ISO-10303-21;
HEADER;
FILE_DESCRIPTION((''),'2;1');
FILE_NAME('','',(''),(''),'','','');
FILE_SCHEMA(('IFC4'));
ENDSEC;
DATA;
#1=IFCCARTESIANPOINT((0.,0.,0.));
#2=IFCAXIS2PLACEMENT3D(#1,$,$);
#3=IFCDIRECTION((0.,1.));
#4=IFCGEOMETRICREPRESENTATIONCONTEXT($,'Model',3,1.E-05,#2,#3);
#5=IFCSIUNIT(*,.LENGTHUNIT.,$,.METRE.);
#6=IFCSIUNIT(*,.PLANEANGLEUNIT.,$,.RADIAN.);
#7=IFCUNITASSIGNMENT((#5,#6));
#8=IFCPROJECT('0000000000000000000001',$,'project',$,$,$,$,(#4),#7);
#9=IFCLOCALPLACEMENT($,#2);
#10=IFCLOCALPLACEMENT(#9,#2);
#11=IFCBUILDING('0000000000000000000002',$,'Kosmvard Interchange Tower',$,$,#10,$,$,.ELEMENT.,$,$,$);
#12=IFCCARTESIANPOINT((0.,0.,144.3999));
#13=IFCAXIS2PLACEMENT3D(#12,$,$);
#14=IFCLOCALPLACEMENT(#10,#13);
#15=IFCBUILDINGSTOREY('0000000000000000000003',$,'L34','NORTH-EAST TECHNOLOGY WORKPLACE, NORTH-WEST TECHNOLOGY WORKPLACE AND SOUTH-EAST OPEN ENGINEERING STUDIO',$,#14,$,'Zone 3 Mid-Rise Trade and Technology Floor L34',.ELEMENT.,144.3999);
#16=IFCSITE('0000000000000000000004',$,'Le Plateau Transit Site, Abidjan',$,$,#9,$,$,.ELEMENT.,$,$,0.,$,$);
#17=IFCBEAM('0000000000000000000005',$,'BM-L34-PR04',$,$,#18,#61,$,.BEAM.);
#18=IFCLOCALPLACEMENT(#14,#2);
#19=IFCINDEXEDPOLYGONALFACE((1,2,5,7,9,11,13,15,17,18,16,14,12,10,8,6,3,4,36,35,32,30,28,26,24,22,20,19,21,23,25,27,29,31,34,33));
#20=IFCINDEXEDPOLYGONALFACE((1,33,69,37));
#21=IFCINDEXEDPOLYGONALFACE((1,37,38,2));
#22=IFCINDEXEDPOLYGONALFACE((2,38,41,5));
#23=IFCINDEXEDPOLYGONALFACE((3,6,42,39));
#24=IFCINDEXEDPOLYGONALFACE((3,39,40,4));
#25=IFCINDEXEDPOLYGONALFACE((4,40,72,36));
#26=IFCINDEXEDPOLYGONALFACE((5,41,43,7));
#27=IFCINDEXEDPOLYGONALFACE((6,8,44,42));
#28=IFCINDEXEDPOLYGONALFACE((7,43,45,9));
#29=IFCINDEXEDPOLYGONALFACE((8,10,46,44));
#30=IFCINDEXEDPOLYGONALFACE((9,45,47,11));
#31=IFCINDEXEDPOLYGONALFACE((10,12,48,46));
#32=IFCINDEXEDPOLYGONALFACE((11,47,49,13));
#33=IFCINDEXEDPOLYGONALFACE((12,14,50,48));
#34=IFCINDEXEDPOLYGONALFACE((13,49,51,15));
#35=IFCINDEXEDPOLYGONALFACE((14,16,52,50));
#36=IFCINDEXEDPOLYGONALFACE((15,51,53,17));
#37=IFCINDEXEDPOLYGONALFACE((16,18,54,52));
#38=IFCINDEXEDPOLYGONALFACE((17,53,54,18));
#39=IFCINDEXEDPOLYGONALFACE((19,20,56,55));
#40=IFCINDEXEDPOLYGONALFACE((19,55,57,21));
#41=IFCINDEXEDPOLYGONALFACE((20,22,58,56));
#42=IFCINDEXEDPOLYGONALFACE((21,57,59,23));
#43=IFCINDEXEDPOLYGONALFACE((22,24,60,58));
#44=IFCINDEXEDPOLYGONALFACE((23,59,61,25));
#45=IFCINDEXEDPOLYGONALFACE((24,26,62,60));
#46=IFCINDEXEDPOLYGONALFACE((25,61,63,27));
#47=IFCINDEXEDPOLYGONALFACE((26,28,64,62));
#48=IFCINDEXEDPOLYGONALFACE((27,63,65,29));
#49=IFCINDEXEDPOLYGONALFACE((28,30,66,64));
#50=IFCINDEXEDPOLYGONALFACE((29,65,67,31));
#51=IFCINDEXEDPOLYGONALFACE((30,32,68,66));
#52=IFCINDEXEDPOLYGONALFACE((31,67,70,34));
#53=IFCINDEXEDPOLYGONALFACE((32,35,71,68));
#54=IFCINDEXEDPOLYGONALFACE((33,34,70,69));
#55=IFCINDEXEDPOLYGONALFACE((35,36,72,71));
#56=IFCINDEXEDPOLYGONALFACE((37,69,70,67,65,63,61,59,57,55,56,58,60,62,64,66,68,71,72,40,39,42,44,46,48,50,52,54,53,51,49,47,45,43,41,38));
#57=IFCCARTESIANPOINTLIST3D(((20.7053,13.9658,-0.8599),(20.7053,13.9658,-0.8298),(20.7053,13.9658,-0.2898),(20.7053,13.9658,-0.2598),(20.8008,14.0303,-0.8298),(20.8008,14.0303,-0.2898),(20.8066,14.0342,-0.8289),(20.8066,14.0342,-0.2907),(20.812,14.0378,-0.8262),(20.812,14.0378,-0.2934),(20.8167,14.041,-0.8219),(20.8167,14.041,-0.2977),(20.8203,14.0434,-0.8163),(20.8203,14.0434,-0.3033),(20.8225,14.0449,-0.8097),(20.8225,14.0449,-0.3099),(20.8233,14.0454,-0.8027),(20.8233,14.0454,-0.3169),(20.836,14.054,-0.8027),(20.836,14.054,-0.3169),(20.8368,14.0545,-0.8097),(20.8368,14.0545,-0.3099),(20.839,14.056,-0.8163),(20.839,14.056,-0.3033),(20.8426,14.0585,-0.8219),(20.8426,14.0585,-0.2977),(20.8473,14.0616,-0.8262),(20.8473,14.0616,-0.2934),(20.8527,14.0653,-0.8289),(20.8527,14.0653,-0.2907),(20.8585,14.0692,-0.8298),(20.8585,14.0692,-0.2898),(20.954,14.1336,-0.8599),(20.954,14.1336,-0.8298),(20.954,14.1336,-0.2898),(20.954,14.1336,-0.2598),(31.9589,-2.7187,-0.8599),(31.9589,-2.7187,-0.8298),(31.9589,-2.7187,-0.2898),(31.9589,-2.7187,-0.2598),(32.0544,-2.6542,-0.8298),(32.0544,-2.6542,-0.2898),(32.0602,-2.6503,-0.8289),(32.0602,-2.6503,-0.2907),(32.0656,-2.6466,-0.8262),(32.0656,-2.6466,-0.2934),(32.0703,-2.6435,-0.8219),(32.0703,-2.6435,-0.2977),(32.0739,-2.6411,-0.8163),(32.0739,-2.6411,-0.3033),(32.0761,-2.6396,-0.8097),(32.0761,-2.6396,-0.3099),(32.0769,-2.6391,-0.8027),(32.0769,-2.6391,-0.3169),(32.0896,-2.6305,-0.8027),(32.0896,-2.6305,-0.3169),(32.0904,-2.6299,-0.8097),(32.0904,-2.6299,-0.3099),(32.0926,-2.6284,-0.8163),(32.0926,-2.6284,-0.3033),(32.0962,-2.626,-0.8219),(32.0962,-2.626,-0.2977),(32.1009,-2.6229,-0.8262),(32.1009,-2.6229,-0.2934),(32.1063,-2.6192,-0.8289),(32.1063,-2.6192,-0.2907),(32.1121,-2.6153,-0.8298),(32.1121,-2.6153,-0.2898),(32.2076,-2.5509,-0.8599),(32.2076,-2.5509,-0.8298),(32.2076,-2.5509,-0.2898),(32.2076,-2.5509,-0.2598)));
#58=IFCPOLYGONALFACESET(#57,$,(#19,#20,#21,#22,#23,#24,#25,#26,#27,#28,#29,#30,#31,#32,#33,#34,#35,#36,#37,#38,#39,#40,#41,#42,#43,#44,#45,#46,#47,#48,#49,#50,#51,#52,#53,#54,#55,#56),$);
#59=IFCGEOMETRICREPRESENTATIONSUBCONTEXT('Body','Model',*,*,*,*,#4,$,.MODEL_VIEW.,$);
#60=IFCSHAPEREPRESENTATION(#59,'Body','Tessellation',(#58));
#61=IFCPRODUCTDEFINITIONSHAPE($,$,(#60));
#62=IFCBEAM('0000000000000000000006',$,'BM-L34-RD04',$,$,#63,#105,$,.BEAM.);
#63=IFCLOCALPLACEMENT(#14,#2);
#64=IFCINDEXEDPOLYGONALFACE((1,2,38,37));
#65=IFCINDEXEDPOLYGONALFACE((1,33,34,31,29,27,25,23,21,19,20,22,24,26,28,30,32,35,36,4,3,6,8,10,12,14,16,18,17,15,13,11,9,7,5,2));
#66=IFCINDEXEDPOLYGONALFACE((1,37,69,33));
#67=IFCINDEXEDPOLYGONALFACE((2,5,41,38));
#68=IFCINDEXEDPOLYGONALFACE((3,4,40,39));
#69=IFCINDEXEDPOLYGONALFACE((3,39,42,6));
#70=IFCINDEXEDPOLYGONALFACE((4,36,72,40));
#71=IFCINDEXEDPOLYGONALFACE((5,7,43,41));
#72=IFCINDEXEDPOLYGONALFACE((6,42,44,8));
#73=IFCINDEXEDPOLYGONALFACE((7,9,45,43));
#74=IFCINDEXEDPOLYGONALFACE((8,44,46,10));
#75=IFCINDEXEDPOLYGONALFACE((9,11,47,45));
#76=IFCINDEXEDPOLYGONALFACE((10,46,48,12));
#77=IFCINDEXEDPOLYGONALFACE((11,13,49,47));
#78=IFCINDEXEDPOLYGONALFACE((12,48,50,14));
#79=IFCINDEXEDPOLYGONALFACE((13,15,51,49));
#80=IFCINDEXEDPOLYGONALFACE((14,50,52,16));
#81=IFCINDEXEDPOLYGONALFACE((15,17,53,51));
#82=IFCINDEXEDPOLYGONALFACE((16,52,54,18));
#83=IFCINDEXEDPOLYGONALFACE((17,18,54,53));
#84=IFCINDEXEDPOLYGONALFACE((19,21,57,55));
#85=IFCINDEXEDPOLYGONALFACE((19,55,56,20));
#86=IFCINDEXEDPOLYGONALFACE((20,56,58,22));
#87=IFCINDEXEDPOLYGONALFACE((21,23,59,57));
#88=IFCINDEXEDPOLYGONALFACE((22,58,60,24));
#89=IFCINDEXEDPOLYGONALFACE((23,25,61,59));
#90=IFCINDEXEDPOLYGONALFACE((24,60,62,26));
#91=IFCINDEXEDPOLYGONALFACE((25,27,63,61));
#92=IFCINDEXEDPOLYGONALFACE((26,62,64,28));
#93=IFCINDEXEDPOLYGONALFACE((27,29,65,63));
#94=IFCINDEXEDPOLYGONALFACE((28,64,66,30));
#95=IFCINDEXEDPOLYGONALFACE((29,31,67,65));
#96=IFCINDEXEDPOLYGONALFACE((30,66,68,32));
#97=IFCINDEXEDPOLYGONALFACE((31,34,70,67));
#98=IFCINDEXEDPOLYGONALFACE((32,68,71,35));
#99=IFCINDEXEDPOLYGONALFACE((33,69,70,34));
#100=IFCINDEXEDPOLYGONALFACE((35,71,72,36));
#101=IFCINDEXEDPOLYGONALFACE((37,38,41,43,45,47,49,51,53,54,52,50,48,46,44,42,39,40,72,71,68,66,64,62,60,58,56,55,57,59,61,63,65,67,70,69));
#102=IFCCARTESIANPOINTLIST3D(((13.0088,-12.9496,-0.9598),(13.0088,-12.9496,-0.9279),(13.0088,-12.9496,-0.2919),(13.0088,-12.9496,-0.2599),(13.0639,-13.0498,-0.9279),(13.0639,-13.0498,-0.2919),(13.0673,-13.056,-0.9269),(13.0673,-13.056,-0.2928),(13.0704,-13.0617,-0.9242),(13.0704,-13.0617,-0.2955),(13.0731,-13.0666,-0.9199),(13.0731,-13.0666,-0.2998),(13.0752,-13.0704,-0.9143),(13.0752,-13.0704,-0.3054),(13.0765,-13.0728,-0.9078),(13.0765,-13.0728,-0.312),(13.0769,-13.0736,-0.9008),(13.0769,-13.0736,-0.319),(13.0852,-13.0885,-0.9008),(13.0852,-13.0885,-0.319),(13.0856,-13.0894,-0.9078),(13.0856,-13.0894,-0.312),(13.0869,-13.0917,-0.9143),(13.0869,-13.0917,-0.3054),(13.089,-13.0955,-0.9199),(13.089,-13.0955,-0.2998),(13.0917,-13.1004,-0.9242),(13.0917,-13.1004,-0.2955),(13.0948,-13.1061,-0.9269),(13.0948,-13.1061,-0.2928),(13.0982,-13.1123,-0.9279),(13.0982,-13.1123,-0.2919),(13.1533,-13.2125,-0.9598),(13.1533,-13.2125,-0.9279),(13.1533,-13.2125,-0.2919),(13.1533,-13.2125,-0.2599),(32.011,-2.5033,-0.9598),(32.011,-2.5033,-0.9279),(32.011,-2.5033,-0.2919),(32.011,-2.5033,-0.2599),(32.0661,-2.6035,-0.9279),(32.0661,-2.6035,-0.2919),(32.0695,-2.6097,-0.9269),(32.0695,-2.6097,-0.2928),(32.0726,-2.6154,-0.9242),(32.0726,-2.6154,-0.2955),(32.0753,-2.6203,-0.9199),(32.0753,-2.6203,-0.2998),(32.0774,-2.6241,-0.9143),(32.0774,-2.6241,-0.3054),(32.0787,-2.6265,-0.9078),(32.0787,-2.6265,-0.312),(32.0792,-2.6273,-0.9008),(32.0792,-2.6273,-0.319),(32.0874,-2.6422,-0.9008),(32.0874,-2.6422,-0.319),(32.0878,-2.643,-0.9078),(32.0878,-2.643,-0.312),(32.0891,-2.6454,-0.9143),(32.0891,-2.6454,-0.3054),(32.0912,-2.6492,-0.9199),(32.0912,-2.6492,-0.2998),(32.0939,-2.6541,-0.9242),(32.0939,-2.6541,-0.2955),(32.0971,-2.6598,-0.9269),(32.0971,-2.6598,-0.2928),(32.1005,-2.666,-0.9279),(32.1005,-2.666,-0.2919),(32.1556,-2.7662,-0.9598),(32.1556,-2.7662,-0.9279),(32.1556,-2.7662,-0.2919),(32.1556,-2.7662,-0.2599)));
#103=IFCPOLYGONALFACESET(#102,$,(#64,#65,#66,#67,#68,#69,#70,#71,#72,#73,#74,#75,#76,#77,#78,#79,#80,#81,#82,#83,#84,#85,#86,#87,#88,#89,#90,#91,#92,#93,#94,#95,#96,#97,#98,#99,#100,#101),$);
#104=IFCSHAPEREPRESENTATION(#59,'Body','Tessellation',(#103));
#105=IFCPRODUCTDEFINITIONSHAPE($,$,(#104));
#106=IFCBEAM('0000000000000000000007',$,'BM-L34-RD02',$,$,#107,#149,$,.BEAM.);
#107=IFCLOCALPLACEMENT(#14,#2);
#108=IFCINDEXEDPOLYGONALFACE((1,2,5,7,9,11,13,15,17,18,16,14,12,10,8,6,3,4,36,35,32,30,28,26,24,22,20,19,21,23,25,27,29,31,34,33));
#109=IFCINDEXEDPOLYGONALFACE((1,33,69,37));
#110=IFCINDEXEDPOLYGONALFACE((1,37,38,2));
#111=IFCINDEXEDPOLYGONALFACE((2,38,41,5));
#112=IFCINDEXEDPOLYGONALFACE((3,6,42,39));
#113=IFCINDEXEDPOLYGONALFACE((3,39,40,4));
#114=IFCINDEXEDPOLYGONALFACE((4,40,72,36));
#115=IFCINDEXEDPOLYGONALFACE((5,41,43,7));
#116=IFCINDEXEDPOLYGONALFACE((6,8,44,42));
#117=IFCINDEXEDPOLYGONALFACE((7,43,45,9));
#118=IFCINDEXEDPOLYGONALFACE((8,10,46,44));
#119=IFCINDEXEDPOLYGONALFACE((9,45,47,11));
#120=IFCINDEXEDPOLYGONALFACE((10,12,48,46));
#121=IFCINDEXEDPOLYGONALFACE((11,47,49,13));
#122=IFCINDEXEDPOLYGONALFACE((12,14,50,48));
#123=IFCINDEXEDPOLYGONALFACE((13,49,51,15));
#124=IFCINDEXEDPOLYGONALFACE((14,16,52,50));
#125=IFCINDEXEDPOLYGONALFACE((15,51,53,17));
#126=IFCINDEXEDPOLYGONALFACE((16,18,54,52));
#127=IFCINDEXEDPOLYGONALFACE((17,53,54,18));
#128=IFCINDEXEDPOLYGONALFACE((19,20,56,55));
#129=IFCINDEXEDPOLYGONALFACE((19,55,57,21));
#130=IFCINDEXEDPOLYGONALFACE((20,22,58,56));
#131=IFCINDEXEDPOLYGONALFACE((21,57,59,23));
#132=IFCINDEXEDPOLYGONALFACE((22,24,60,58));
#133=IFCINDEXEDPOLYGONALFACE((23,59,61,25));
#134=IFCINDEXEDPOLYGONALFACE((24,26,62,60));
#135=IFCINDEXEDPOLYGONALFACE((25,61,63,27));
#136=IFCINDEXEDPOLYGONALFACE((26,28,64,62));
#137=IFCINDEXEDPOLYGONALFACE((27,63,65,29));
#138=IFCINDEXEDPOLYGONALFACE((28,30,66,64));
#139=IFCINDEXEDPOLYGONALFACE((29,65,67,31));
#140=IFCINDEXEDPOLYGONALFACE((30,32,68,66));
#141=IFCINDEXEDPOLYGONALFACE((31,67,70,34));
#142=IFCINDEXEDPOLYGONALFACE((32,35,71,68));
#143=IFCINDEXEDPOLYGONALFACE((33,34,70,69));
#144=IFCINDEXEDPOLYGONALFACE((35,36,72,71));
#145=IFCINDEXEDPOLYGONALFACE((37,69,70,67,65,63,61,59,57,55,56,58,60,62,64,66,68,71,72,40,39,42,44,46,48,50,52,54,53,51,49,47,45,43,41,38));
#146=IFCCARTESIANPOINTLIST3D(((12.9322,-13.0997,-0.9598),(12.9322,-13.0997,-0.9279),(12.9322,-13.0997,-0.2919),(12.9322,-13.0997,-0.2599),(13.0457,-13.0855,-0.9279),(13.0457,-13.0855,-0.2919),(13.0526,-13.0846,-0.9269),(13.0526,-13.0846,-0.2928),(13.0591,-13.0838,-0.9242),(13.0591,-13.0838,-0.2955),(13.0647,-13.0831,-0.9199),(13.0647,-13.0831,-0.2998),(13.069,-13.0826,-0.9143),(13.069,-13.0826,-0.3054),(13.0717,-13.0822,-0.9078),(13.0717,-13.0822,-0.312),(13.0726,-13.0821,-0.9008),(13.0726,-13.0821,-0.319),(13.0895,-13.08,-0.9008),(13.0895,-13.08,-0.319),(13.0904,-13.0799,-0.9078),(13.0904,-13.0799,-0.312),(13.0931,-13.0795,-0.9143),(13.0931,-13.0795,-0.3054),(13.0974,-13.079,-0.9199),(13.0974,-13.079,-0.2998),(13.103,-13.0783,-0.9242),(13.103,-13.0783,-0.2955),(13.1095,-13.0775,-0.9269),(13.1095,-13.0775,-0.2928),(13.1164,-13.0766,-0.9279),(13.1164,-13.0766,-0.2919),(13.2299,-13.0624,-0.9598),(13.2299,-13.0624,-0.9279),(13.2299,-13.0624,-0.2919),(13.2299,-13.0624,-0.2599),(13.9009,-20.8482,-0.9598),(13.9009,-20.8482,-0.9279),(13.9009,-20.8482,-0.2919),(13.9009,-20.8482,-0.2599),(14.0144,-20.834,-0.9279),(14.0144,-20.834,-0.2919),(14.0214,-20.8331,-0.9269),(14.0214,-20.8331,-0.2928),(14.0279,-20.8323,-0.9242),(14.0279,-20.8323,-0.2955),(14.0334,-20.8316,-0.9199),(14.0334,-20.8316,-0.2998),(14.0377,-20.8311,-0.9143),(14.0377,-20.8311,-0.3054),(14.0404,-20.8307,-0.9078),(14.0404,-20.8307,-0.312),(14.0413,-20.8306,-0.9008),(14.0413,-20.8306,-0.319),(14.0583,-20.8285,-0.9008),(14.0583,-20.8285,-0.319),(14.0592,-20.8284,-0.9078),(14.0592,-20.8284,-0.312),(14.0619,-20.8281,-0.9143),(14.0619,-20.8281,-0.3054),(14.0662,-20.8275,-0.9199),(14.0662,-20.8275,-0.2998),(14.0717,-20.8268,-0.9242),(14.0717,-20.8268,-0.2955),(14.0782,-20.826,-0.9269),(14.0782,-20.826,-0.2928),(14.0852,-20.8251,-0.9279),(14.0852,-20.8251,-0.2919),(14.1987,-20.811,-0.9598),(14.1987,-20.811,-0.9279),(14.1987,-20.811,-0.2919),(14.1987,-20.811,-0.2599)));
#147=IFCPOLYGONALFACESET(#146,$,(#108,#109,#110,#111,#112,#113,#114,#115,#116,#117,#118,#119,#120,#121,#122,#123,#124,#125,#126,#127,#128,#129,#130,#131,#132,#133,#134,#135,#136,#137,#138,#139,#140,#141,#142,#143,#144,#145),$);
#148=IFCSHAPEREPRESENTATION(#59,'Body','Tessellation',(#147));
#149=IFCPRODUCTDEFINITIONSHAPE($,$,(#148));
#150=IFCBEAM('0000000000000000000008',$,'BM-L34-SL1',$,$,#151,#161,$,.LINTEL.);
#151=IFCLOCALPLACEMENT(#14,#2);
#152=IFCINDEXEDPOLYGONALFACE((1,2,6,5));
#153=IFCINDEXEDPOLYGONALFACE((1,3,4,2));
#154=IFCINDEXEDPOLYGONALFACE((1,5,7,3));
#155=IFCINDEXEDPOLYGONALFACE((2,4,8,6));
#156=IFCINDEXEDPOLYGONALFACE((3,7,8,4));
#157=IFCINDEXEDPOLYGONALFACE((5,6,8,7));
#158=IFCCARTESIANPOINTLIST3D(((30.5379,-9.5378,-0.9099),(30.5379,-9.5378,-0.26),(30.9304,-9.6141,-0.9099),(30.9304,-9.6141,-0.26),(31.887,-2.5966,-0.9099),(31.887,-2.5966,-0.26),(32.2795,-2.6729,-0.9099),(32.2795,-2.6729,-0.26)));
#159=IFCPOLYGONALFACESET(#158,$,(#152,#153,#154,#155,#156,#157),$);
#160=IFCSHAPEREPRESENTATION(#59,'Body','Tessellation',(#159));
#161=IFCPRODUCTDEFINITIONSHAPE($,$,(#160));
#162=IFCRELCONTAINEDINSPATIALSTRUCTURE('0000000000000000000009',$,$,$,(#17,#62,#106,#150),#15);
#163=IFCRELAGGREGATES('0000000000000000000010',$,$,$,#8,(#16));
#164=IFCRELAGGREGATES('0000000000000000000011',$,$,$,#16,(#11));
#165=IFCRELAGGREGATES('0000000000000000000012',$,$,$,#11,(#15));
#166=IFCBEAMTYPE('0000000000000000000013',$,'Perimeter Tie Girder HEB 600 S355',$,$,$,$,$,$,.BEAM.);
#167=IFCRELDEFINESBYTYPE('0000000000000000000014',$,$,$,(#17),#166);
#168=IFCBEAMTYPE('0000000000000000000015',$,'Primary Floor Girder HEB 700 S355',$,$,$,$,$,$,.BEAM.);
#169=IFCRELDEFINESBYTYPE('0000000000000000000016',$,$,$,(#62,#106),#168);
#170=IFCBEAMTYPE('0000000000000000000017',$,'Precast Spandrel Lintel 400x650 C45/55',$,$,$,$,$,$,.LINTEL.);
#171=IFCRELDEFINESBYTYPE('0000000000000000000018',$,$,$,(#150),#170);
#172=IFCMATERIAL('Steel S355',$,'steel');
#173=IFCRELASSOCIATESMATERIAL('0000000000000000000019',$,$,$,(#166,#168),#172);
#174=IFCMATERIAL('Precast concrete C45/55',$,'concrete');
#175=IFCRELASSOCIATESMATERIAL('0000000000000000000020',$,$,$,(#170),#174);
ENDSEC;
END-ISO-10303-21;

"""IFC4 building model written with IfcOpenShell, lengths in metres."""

from ifc_helpers import new_model, si_unit, direction, frame, origin, origin_2d, place, context, subcontext, project, spatial, rectangle, i_section, extrude, source, transform, mapped, material, material_profile, profile_set, type_object, element, save


model = new_model("IFC4")

# Units and contexts
model_context = context("Model", 3, precision=1e-05, world=origin(), true_north=direction((0.0, 1.0)))
body_context = subcontext(model_context, "Body", "Model", "MODEL_VIEW")
ifc_project = project(units=[si_unit("LENGTHUNIT", "METRE"), si_unit("PLANEANGLEUNIT", "RADIAN")], contexts=[model_context])

# Site, building, storey
site_placement = place(None, origin())
site = spatial("IfcSite", under=ifc_project, at=site_placement, Name="Le Plateau Transit Site, Abidjan", CompositionType="ELEMENT", RefElevation=0.0)
building_placement = place(site_placement, origin())
building = spatial("IfcBuilding", under=site, at=building_placement, Name="Kosmvard Interchange Tower", CompositionType="ELEMENT")
storey_placement = place(building_placement, frame((0.0, 0.0, 144.3999)))
storey = spatial("IfcBuildingStorey", under=building, at=storey_placement, Name="L34", Description="NORTH-EAST TECHNOLOGY WORKPLACE, NORTH-WEST TECHNOLOGY WORKPLACE AND SOUTH-EAST OPEN ENGINEERING STUDIO", LongName="Zone 3 Mid-Rise Trade and Technology Floor L34", CompositionType="ELEMENT", Elevation=144.3999)

# Beams
ifc_material_1 = material(Name="Steel S355", Category="steel")
ifc_material_profile_1 = material_profile(ifc_material_1, i_section(OverallWidth=0.3, OverallDepth=0.6001, WebThickness=0.0154, FlangeThickness=0.03, FilletRadius=0.0271, at=origin_2d()), Name="HEB 600")
ifc_profile_set_1 = profile_set([ifc_material_profile_1], Name="Steel S355")
beam_type_1 = type_object("IfcBeamType", Name="Perimeter Tie Girder HEB 600 S355", PredefinedType="BEAM", material=ifc_profile_set_1)
shared_shape_1 = source(origin(), body_context, "Body", "SweptSolid", [
    extrude(i_section(OverallWidth=0.3, OverallDepth=0.6001, WebThickness=0.0154, FlangeThickness=0.03, FilletRadius=0.0271, at=origin_2d()), origin(), (0.0, 0.0, 1.0), 20.125),
])
for number, where, z_axis, x_axis, name in (
    (1, (32.0833, -2.6348, -0.5598), (-0.559185, 0.829043, 0.0), (-0.829043, -0.559185, 0.0), "BM-L34-PR04"),
):
    element("IfcBeam", number, at=place(storey_placement, frame(where, z_axis=z_axis, x_axis=x_axis)), inside=storey, type_object=beam_type_1, Name=name, PredefinedType="BEAM", context=body_context, shape_type="MappedRepresentation", body=[
        mapped(shared_shape_1, transform((0.0, 0.0, 0.0), scale=1.0)),
    ])
ifc_material_profile_2 = material_profile(ifc_material_1, i_section(OverallWidth=0.3, OverallDepth=0.7, WebThickness=0.0171, FlangeThickness=0.032, FilletRadius=0.0271, at=origin_2d()), Name="HEB 700")
ifc_profile_set_2 = profile_set([ifc_material_profile_2], Name="Steel S355")
beam_type_2 = type_object("IfcBeamType", Name="Primary Floor Girder HEB 700 S355", PredefinedType="BEAM", material=ifc_profile_set_2)
shared_shape_2 = source(origin(), body_context, "Body", "SweptSolid", [
    extrude(i_section(OverallWidth=0.3, OverallDepth=0.7, WebThickness=0.0171, FlangeThickness=0.032, FilletRadius=0.0271, at=origin_2d()), origin(), (0.0, 0.0, 1.0), 21.6843),
])
beam_1_placement = place(storey_placement, frame((13.0811, -13.0811, -0.6099), z_axis=(0.876312, 0.481745, 0.0), x_axis=(-0.481745, 0.876312, 0.0)))
element("IfcBeam", 2, at=beam_1_placement, inside=storey, type_object=beam_type_2, Name="BM-L34-RD04", PredefinedType="BEAM", context=body_context, shape_type="MappedRepresentation", body=[
    mapped(shared_shape_2, transform((0.0, 0.0, 0.0), scale=1.0)),
])
shared_shape_3 = source(origin(), body_context, "Body", "SweptSolid", [
    extrude(i_section(OverallWidth=0.3, OverallDepth=0.7, WebThickness=0.0171, FlangeThickness=0.032, FilletRadius=0.0271, at=origin_2d()), origin(), (0.0, 0.0, 1.0), 7.8088),
])
beam_2_placement = place(storey_placement, frame((13.0811, -13.0811, -0.6099), z_axis=(0.124058, -0.992275, 0.0), x_axis=(0.992275, 0.124058, 0.0)))
element("IfcBeam", 3, at=beam_2_placement, inside=storey, type_object=beam_type_2, Name="BM-L34-RD02", PredefinedType="BEAM", context=body_context, shape_type="MappedRepresentation", body=[
    mapped(shared_shape_3, transform((0.0, 0.0, 0.0), scale=1.0)),
])
ifc_material_2 = material(Name="Precast concrete C45/55", Category="concrete")
ifc_material_profile_3 = material_profile(ifc_material_2, rectangle(XDim=0.3999, YDim=0.6499, at=origin_2d()), Name="SL 400x650")
ifc_profile_set_3 = profile_set([ifc_material_profile_3], Name="Precast concrete C45/55")
beam_type_3 = type_object("IfcBeamType", Name="Precast Spandrel Lintel 400x650 C45/55", PredefinedType="LINTEL", material=ifc_profile_set_3)
shared_shape_4 = source(origin(), body_context, "Body", "SweptSolid", [
    extrude(rectangle(XDim=0.3999, YDim=0.6499, at=origin_2d()), origin(), (0.0, 0.0, 1.0), 7.071),
])
beam_3_placement = place(storey_placement, frame((30.7341, -9.5759, -0.585), z_axis=(0.190795, 0.98163, 0.0), x_axis=(-0.98163, 0.190795, 0.0)))
element("IfcBeam", 4, at=beam_3_placement, inside=storey, type_object=beam_type_3, Name="BM-L34-SL1", PredefinedType="LINTEL", context=body_context, shape_type="MappedRepresentation", body=[
    mapped(shared_shape_4, transform((0.0, 0.0, 0.0), scale=1.0)),
])

save(model, "model.ifc")
